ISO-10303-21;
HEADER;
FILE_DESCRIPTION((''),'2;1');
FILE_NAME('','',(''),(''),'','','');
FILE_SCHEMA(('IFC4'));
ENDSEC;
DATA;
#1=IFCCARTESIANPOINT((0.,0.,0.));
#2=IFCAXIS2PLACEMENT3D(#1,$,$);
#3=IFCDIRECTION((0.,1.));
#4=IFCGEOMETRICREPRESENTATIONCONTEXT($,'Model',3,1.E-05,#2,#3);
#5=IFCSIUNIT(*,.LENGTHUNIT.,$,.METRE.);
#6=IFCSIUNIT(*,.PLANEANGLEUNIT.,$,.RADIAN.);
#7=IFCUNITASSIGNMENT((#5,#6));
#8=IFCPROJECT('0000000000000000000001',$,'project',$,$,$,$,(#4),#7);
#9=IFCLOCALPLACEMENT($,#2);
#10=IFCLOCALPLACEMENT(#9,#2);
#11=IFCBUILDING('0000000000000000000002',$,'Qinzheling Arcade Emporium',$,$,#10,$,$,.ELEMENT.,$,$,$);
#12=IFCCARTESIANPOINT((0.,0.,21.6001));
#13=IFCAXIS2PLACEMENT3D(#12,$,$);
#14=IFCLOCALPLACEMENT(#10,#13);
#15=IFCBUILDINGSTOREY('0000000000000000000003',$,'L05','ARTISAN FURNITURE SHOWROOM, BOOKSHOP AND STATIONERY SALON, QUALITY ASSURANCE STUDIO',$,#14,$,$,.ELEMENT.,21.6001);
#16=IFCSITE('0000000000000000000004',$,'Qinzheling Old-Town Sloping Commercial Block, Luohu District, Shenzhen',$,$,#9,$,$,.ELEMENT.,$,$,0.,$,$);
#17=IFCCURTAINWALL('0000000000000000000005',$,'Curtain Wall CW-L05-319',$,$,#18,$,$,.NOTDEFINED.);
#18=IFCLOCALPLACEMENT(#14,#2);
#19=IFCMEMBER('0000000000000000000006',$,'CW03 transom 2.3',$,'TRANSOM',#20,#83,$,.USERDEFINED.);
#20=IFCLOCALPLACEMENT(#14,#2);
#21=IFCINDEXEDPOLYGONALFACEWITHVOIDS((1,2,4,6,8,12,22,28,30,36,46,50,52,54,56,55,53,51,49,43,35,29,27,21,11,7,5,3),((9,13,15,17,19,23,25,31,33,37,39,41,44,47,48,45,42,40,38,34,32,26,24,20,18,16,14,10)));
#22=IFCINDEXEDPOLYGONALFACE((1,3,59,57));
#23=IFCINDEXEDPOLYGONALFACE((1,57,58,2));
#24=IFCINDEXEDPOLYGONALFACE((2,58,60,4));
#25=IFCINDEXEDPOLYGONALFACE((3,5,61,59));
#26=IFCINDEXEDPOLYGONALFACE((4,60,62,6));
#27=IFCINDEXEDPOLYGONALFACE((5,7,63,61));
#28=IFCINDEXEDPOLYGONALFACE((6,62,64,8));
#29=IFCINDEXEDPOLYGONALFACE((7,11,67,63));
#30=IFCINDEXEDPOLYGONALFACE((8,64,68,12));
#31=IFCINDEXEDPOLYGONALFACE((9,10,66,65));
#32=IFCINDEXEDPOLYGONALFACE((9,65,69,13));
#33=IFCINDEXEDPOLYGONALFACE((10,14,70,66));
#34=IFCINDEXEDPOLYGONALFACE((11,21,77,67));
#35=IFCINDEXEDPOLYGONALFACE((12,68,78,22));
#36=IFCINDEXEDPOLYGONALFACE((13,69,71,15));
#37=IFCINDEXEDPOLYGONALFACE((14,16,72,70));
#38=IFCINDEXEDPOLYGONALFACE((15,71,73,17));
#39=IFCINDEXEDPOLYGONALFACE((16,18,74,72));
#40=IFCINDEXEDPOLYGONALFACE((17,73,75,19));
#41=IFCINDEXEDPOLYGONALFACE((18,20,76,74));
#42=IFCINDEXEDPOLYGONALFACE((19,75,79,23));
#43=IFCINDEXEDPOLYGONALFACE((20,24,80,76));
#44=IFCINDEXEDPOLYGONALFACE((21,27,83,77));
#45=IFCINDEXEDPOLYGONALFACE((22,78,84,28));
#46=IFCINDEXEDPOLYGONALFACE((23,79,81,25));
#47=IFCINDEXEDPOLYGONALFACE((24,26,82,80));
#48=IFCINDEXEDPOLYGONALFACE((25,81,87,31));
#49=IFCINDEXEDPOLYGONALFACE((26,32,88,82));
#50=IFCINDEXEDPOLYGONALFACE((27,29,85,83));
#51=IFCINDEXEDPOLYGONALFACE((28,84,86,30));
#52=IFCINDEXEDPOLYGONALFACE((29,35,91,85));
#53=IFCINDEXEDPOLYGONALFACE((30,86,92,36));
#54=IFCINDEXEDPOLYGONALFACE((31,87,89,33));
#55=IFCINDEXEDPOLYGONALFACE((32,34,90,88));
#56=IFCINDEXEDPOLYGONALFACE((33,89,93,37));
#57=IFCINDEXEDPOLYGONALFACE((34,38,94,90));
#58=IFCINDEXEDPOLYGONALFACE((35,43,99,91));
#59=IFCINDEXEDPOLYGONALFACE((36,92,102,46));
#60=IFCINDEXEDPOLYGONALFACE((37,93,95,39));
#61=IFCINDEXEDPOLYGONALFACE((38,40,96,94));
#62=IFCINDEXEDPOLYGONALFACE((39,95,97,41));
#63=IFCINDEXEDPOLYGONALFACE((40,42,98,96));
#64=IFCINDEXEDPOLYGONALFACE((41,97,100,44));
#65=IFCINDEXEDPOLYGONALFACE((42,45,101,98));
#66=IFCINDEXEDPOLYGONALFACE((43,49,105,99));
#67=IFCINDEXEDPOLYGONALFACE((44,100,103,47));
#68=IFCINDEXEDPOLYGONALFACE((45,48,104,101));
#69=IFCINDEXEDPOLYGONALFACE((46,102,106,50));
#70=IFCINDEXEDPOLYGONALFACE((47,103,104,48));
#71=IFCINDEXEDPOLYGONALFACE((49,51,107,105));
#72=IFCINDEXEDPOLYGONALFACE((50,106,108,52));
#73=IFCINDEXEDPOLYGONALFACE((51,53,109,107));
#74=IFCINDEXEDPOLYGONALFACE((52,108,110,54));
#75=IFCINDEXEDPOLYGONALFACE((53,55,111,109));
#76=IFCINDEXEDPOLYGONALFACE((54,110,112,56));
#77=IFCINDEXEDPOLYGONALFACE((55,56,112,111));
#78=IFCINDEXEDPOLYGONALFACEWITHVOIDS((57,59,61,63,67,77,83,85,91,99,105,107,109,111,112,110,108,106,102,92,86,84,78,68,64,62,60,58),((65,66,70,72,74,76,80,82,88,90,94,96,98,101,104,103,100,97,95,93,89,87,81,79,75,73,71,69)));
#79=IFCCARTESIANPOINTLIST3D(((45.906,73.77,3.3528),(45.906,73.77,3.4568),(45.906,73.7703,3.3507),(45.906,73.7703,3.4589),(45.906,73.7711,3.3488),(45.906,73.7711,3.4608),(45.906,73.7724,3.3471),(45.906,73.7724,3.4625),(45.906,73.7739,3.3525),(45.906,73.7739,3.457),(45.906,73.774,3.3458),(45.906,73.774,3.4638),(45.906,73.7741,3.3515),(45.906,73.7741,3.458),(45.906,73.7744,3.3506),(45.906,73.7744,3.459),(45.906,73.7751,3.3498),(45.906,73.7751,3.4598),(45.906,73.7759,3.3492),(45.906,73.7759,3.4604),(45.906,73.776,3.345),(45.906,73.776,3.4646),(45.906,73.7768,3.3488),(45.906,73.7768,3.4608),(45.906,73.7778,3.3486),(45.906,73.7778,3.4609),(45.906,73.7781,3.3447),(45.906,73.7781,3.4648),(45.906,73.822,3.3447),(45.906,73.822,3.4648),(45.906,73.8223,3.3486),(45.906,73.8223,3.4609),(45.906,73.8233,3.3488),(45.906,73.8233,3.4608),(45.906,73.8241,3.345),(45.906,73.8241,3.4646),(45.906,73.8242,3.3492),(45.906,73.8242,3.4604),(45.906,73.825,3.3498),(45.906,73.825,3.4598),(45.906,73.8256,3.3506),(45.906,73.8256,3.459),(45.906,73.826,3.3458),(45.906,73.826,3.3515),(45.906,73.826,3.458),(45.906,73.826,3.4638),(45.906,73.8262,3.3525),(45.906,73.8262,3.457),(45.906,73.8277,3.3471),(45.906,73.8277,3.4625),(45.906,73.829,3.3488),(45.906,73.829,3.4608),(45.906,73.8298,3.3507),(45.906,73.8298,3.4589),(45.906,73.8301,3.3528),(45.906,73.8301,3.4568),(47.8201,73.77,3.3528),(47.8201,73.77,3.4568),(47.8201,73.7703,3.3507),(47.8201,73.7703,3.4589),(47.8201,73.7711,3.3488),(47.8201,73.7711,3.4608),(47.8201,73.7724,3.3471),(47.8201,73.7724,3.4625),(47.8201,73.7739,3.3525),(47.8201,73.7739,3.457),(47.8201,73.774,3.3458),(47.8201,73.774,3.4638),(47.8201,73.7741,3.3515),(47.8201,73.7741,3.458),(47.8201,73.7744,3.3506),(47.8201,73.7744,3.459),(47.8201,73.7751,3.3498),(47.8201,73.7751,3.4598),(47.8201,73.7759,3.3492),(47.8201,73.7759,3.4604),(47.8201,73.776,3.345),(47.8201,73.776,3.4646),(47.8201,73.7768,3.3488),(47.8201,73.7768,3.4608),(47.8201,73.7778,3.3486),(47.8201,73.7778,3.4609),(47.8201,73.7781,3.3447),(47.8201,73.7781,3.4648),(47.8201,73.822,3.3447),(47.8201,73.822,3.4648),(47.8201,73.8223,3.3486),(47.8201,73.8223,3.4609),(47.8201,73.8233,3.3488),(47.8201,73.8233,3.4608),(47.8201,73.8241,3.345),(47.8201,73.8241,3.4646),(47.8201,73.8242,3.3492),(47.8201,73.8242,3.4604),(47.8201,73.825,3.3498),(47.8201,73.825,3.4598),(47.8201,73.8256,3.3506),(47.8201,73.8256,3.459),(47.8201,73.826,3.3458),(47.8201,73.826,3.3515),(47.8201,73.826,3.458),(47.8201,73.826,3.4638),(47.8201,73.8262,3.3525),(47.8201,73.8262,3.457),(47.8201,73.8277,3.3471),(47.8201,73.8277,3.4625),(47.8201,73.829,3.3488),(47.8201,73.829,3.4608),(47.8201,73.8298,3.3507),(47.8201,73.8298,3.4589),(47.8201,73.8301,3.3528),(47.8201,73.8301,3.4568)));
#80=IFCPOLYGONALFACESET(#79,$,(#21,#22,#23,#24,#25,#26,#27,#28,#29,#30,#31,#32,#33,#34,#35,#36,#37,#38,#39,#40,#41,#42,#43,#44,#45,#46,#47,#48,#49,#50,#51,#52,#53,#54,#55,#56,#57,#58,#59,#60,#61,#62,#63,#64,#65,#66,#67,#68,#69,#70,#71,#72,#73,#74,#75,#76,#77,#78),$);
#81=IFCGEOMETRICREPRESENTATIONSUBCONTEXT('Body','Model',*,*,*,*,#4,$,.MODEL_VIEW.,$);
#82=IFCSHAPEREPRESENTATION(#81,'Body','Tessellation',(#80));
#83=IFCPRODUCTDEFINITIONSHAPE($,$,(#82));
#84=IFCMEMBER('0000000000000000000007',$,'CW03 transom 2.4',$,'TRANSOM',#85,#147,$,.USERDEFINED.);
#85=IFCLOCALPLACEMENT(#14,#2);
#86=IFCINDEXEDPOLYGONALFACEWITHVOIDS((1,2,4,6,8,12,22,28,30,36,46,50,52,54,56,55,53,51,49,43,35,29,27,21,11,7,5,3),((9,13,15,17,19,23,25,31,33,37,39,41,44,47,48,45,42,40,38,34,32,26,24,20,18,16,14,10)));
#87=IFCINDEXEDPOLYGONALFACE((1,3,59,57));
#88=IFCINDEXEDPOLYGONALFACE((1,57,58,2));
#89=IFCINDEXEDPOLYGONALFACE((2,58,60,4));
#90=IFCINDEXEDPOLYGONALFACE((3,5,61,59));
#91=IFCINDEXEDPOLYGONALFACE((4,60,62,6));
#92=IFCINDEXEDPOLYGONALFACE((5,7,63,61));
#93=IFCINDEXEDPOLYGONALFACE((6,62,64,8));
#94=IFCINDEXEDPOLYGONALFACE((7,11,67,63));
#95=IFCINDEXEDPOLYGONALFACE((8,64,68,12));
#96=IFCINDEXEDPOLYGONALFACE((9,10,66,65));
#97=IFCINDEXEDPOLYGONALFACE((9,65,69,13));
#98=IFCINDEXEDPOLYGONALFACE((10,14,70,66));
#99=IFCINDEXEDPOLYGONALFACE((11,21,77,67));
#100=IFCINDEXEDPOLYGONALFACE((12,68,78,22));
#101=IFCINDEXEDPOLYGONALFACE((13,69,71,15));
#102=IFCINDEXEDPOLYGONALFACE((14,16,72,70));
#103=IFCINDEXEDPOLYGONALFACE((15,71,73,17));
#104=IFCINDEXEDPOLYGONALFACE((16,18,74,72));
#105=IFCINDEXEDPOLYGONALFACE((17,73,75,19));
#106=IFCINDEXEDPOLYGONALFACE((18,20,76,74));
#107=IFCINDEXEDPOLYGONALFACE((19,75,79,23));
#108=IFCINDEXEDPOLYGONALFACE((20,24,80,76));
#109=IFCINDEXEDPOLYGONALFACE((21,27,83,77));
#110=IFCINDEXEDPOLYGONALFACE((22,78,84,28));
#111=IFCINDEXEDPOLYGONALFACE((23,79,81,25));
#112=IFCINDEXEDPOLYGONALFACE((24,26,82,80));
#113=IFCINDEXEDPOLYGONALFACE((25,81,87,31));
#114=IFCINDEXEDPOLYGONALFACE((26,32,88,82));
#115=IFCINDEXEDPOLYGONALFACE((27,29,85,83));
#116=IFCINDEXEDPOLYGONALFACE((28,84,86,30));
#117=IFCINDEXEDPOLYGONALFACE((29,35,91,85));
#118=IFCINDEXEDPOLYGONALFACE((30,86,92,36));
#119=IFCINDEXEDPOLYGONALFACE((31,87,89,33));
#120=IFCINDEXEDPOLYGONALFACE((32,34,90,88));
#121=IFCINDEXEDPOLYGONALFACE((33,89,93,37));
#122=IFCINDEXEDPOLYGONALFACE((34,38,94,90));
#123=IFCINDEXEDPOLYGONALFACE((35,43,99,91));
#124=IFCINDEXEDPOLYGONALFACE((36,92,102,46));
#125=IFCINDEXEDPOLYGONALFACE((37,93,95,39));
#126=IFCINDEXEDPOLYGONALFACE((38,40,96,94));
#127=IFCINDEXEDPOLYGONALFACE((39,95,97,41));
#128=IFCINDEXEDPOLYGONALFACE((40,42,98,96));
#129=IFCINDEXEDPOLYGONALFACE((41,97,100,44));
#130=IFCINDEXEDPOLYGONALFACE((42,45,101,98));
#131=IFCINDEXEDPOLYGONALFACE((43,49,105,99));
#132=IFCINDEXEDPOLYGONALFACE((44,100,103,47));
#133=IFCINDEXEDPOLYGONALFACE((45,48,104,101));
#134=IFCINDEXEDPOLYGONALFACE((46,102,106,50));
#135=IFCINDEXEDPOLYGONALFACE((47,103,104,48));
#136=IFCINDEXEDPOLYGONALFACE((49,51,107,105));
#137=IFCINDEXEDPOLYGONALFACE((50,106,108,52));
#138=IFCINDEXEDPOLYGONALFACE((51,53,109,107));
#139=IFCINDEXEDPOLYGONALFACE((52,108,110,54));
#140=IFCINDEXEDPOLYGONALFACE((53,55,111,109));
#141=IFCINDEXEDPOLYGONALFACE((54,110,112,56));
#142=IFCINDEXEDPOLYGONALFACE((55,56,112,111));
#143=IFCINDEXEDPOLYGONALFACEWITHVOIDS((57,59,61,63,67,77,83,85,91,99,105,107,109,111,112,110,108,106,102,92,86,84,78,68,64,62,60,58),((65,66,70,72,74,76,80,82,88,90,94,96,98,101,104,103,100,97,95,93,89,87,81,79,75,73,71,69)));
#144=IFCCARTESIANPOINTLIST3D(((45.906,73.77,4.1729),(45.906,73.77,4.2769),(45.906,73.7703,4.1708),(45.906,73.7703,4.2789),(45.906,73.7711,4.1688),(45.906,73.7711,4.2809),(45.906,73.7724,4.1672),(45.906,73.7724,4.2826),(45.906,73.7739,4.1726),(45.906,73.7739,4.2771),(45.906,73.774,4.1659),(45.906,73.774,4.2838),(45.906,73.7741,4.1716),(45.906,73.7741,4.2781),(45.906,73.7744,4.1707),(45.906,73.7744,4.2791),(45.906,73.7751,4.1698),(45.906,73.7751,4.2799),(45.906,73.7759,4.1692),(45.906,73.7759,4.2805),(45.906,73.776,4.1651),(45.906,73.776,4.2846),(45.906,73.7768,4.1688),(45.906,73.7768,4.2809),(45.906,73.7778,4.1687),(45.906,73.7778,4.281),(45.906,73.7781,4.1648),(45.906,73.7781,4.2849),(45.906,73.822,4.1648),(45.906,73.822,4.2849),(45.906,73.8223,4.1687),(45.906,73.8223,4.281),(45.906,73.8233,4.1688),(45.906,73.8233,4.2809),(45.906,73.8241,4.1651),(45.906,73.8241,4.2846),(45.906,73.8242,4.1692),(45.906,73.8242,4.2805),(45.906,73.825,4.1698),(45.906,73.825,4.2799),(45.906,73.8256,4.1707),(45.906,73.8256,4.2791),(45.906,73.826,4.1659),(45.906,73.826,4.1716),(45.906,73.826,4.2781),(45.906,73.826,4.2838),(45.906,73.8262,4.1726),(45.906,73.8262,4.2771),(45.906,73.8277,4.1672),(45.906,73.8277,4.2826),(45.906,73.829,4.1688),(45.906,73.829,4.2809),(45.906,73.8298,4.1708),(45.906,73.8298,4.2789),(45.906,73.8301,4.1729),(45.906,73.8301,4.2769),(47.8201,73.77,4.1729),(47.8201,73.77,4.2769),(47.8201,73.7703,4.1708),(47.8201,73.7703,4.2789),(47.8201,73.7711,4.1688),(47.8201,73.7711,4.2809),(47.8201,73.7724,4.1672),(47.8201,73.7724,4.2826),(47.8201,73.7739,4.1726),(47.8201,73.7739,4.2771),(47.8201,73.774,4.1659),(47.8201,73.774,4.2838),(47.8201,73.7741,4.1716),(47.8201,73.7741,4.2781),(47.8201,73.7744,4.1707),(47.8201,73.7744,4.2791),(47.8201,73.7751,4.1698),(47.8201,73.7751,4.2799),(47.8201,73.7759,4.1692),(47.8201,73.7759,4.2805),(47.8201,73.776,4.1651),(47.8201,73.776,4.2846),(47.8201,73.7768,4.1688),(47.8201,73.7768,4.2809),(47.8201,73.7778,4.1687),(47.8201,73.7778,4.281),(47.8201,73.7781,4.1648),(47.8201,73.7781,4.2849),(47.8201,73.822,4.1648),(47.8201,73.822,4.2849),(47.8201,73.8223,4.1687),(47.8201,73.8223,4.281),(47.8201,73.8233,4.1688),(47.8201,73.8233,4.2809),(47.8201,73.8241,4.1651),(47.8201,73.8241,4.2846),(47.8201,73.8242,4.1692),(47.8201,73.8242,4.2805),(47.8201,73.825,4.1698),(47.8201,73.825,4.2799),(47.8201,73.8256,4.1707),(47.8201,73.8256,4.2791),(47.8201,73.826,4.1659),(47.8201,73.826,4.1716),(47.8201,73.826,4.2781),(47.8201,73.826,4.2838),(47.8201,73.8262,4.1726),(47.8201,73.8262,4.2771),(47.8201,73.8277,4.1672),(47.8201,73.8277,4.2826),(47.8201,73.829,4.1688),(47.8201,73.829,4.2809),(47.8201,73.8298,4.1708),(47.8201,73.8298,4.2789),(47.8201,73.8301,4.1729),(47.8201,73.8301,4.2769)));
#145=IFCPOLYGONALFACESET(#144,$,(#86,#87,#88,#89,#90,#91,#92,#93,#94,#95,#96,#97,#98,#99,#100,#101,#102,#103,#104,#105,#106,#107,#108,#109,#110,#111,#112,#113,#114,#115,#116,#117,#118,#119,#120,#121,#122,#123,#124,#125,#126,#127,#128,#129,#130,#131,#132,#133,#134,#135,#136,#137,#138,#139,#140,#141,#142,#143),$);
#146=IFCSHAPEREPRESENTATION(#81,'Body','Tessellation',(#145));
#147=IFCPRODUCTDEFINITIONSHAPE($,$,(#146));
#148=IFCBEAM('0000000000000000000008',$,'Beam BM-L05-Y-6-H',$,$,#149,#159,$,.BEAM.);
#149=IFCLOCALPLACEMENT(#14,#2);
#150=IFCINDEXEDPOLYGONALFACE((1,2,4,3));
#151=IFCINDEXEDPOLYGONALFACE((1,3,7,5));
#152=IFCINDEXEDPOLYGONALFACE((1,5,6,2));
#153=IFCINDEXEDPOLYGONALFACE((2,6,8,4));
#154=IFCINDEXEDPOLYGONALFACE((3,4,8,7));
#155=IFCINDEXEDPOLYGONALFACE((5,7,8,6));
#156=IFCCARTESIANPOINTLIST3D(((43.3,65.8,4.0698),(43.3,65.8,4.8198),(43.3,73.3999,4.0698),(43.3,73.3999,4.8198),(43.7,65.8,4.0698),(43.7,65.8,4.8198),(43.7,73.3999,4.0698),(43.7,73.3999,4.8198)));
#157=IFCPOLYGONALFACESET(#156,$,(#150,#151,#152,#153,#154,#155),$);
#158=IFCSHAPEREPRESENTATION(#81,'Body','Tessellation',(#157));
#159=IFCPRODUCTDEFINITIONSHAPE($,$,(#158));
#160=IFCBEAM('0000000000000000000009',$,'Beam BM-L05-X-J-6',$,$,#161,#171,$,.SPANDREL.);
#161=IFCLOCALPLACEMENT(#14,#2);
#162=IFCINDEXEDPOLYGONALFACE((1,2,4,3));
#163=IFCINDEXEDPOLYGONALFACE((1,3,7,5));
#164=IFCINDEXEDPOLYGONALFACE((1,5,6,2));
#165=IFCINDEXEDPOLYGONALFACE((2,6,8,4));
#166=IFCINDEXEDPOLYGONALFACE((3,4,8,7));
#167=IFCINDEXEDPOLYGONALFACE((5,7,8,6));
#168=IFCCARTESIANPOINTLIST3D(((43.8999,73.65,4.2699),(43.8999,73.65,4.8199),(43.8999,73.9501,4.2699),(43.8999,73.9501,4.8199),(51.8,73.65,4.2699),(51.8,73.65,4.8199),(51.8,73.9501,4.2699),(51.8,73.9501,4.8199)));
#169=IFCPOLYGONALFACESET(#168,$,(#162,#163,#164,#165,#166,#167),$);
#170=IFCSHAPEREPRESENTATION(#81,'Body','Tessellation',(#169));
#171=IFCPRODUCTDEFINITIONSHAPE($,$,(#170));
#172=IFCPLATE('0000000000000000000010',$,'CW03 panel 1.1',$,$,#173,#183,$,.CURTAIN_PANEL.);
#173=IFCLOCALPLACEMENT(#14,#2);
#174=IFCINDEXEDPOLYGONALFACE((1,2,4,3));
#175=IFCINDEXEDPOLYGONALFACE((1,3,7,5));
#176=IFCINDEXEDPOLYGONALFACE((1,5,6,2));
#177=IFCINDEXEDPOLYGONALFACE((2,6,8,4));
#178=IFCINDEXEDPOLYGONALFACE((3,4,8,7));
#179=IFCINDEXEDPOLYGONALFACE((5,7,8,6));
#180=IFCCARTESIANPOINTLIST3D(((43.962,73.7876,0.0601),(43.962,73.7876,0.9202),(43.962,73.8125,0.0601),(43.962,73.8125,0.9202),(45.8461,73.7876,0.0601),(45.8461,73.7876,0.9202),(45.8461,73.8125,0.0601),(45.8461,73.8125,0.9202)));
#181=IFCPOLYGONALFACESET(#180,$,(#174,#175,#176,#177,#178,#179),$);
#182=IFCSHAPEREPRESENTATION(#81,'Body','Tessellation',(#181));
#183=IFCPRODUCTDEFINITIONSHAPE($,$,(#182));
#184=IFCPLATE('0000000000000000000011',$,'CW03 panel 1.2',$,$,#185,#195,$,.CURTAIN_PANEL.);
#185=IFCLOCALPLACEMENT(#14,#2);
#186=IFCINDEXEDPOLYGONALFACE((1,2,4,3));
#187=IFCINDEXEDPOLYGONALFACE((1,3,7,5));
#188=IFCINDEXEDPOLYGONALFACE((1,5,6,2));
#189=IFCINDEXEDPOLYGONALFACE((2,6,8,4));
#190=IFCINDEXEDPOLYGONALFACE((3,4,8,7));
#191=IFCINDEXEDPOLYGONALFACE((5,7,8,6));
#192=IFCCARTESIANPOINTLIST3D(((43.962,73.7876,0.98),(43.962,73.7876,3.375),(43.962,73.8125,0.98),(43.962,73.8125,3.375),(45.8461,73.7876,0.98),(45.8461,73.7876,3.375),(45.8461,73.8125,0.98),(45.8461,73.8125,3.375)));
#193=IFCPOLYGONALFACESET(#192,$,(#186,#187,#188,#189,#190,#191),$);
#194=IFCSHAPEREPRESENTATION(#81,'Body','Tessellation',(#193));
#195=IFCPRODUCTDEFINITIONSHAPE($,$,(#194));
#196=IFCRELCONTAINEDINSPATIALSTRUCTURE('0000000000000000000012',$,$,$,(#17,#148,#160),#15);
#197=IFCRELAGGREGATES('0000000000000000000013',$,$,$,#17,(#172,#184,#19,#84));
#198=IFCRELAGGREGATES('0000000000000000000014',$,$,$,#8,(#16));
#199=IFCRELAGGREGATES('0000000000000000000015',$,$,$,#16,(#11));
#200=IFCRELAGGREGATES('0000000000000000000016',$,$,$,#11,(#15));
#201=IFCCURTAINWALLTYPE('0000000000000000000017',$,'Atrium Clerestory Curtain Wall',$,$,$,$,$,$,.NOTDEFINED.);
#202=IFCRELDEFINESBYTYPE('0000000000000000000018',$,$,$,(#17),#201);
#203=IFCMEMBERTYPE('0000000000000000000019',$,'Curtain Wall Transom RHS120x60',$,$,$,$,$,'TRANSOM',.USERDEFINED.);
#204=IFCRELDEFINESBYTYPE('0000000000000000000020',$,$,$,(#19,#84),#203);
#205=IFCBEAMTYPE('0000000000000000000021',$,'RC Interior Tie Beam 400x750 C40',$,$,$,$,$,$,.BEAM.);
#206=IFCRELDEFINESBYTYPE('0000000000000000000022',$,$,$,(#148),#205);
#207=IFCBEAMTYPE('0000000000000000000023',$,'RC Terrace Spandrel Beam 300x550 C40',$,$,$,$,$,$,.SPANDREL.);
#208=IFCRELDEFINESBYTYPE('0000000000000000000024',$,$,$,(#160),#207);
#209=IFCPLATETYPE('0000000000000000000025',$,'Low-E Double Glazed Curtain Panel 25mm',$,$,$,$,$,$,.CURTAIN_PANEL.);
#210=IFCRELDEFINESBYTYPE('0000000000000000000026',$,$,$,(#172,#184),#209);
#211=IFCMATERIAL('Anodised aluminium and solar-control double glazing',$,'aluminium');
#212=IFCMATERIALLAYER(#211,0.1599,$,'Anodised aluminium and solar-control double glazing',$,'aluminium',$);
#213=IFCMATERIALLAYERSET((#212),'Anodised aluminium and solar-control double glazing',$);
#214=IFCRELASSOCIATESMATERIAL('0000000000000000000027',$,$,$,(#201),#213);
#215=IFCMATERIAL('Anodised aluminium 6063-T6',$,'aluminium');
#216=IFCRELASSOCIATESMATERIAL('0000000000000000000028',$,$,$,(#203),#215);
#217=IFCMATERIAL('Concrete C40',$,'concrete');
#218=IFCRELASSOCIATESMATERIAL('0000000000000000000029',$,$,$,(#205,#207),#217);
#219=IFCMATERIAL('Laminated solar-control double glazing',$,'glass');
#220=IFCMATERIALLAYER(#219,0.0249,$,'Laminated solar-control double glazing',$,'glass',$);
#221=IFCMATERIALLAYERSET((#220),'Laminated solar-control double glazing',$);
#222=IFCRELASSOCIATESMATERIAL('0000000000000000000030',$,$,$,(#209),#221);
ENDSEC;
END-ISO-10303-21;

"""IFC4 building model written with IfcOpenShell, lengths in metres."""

from ifc_helpers import new_model, si_unit, direction, frame, origin, origin_2d, place, context, subcontext, project, spatial, rectangle, hollow_rectangle, extrude, material, layer, layer_set, material_profile, profile_set, type_object, element, aggregate, save


model = new_model("IFC4")

# Units and contexts
model_context = context("Model", 3, precision=1e-05, world=origin(), true_north=direction((0.0, 1.0)))
body_context = subcontext(model_context, "Body", "Model", "MODEL_VIEW")
ifc_project = project(units=[si_unit("LENGTHUNIT", "METRE"), si_unit("PLANEANGLEUNIT", "RADIAN")], contexts=[model_context])

# Site, building, storey
site_placement = place(None, origin())
site = spatial("IfcSite", under=ifc_project, at=site_placement, Name="Qinzheling Old-Town Sloping Commercial Block, Luohu District, Shenzhen", CompositionType="ELEMENT", RefElevation=0.0)
building_placement = place(site_placement, origin())
building = spatial("IfcBuilding", under=site, at=building_placement, Name="Qinzheling Arcade Emporium", CompositionType="ELEMENT")
storey_placement = place(building_placement, frame((0.0, 0.0, 21.6001)))
storey = spatial("IfcBuildingStorey", under=building, at=storey_placement, Name="L05", Description="ARTISAN FURNITURE SHOWROOM, BOOKSHOP AND STATIONERY SALON, QUALITY ASSURANCE STUDIO", CompositionType="ELEMENT", Elevation=21.6001)

# Shared definitions
ifc_material_1 = material(Name="Concrete C40", Category="concrete")

# Curtain wall, members
ifc_material_2 = material(Name="Anodised aluminium and solar-control double glazing", Category="aluminium")
ifc_layer_1 = layer(ifc_material_2, 0.1599, Name="Anodised aluminium and solar-control double glazing", Category="aluminium")
ifc_layer_set_1 = layer_set([ifc_layer_1], Name="Anodised aluminium and solar-control double glazing")
curtain_wall_type = type_object("IfcCurtainWallType", Name="Atrium Clerestory Curtain Wall", PredefinedType="NOTDEFINED", material=ifc_layer_set_1)
curtain_wall_placement = place(storey_placement, origin())
curtain_wall = element("IfcCurtainWall", 1, at=curtain_wall_placement, inside=storey, type_object=curtain_wall_type, Name="Curtain Wall CW-L05-319", PredefinedType="NOTDEFINED")
ifc_material_3 = material(Name="Anodised aluminium 6063-T6", Category="aluminium")
ifc_material_profile_1 = material_profile(ifc_material_3, hollow_rectangle(XDim=0.0601, YDim=0.1201, WallThickness=0.0039, InnerFilletRadius=0.0039, OuterFilletRadius=0.0081, at=origin_2d()), Name="RHS 120x60x4", Category="aluminium")
ifc_profile_set_1 = profile_set([ifc_material_profile_1], Name="Anodised aluminium 6063-T6")
member_type_1 = type_object("IfcMemberType", Name="Curtain Wall Transom RHS120x60", ElementType="TRANSOM", PredefinedType="USERDEFINED", material=ifc_profile_set_1)
member_1_placement = place(storey_placement, frame((45.906, 73.8, 3.4048), z_axis=(1.0, 0.0, 0.0), x_axis=(0.0, 1.0, 0.0)))
member_1 = element("IfcMember", 2, at=member_1_placement, type_object=member_type_1, Name="CW03 transom 2.3", ObjectType="TRANSOM", PredefinedType="USERDEFINED", context=body_context, shape_type="SweptSolid", body=[
    extrude(hollow_rectangle(XDim=0.0601, YDim=0.1201, WallThickness=0.0039, InnerFilletRadius=0.0039, OuterFilletRadius=0.0081, at=origin_2d()), origin(), (0.0, 0.0, 1.0), 1.9141),
])
member_2_placement = place(storey_placement, frame((45.906, 73.8, 4.2249), z_axis=(1.0, 0.0, 0.0), x_axis=(0.0, 1.0, 0.0)))
member_2 = element("IfcMember", 3, at=member_2_placement, type_object=member_type_1, Name="CW03 transom 2.4", ObjectType="TRANSOM", PredefinedType="USERDEFINED", context=body_context, shape_type="SweptSolid", body=[
    extrude(hollow_rectangle(XDim=0.0601, YDim=0.1201, WallThickness=0.0039, InnerFilletRadius=0.0039, OuterFilletRadius=0.0081, at=origin_2d()), origin(), (0.0, 0.0, 1.0), 1.9141),
])

# Beams
ifc_material_profile_2 = material_profile(ifc_material_1, rectangle(XDim=0.3999, YDim=0.75, at=origin_2d()), Name="RC 400x750", Category="concrete")
ifc_profile_set_2 = profile_set([ifc_material_profile_2], Name="Concrete C40")
beam_type_1 = type_object("IfcBeamType", Name="RC Interior Tie Beam 400x750 C40", PredefinedType="BEAM", material=ifc_profile_set_2)
beam_1_placement = place(storey_placement, frame((43.5, 65.8, 4.4448), z_axis=(0.0, 1.0, 0.0), x_axis=(-1.0, 0.0, 0.0)))
element("IfcBeam", 4, at=beam_1_placement, inside=storey, type_object=beam_type_1, Name="Beam BM-L05-Y-6-H", PredefinedType="BEAM", context=body_context, shape_type="SweptSolid", body=[
    extrude(rectangle(XDim=0.3999, YDim=0.75, at=origin_2d()), origin(), (0.0, 0.0, 1.0), 7.5999),
])
ifc_material_profile_3 = material_profile(ifc_material_1, rectangle(XDim=0.3, YDim=0.55, at=origin_2d()), Name="RC 300x550", Category="concrete")
ifc_profile_set_3 = profile_set([ifc_material_profile_3], Name="Concrete C40")
beam_type_2 = type_object("IfcBeamType", Name="RC Terrace Spandrel Beam 300x550 C40", PredefinedType="SPANDREL", material=ifc_profile_set_3)
beam_2_placement = place(storey_placement, frame((43.8999, 73.8, 4.5449), z_axis=(1.0, 0.0, 0.0), x_axis=(0.0, 1.0, 0.0)))
element("IfcBeam", 5, at=beam_2_placement, inside=storey, type_object=beam_type_2, Name="Beam BM-L05-X-J-6", PredefinedType="SPANDREL", context=body_context, shape_type="SweptSolid", body=[
    extrude(rectangle(XDim=0.3, YDim=0.55, at=origin_2d()), origin(), (0.0, 0.0, 1.0), 7.9001),
])

# Plates
ifc_material_4 = material(Name="Laminated solar-control double glazing", Category="glass")
ifc_layer_2 = layer(ifc_material_4, 0.0249, Name="Laminated solar-control double glazing", Category="glass")
ifc_layer_set_2 = layer_set([ifc_layer_2], Name="Laminated solar-control double glazing")
plate_type = type_object("IfcPlateType", Name="Low-E Double Glazed Curtain Panel 25mm", PredefinedType="CURTAIN_PANEL", material=ifc_layer_set_2)
plate_1_placement = place(storey_placement, frame((44.9041, 73.8, 0.0601), z_axis=(0.0, 0.0, 1.0), x_axis=(1.0, 0.0, 0.0)))
plate_1 = element("IfcPlate", 6, at=plate_1_placement, type_object=plate_type, Name="CW03 panel 1.1", PredefinedType="CURTAIN_PANEL", context=body_context, shape_type="SweptSolid", body=[
    extrude(rectangle(XDim=1.884, YDim=0.0249, at=origin_2d()), origin(), (0.0, 0.0, 1.0), 0.8601),
])
plate_2_placement = place(storey_placement, frame((44.9041, 73.8, 0.98), z_axis=(0.0, 0.0, 1.0), x_axis=(1.0, 0.0, 0.0)))
plate_2 = element("IfcPlate", 7, at=plate_2_placement, type_object=plate_type, Name="CW03 panel 1.2", PredefinedType="CURTAIN_PANEL", context=body_context, shape_type="SweptSolid", body=[
    extrude(rectangle(XDim=1.884, YDim=0.0249, at=origin_2d()), origin(), (0.0, 0.0, 1.0), 2.395),
])
aggregate(curtain_wall, [plate_1, plate_2, member_1, member_2])

save(model, "model.ifc")
